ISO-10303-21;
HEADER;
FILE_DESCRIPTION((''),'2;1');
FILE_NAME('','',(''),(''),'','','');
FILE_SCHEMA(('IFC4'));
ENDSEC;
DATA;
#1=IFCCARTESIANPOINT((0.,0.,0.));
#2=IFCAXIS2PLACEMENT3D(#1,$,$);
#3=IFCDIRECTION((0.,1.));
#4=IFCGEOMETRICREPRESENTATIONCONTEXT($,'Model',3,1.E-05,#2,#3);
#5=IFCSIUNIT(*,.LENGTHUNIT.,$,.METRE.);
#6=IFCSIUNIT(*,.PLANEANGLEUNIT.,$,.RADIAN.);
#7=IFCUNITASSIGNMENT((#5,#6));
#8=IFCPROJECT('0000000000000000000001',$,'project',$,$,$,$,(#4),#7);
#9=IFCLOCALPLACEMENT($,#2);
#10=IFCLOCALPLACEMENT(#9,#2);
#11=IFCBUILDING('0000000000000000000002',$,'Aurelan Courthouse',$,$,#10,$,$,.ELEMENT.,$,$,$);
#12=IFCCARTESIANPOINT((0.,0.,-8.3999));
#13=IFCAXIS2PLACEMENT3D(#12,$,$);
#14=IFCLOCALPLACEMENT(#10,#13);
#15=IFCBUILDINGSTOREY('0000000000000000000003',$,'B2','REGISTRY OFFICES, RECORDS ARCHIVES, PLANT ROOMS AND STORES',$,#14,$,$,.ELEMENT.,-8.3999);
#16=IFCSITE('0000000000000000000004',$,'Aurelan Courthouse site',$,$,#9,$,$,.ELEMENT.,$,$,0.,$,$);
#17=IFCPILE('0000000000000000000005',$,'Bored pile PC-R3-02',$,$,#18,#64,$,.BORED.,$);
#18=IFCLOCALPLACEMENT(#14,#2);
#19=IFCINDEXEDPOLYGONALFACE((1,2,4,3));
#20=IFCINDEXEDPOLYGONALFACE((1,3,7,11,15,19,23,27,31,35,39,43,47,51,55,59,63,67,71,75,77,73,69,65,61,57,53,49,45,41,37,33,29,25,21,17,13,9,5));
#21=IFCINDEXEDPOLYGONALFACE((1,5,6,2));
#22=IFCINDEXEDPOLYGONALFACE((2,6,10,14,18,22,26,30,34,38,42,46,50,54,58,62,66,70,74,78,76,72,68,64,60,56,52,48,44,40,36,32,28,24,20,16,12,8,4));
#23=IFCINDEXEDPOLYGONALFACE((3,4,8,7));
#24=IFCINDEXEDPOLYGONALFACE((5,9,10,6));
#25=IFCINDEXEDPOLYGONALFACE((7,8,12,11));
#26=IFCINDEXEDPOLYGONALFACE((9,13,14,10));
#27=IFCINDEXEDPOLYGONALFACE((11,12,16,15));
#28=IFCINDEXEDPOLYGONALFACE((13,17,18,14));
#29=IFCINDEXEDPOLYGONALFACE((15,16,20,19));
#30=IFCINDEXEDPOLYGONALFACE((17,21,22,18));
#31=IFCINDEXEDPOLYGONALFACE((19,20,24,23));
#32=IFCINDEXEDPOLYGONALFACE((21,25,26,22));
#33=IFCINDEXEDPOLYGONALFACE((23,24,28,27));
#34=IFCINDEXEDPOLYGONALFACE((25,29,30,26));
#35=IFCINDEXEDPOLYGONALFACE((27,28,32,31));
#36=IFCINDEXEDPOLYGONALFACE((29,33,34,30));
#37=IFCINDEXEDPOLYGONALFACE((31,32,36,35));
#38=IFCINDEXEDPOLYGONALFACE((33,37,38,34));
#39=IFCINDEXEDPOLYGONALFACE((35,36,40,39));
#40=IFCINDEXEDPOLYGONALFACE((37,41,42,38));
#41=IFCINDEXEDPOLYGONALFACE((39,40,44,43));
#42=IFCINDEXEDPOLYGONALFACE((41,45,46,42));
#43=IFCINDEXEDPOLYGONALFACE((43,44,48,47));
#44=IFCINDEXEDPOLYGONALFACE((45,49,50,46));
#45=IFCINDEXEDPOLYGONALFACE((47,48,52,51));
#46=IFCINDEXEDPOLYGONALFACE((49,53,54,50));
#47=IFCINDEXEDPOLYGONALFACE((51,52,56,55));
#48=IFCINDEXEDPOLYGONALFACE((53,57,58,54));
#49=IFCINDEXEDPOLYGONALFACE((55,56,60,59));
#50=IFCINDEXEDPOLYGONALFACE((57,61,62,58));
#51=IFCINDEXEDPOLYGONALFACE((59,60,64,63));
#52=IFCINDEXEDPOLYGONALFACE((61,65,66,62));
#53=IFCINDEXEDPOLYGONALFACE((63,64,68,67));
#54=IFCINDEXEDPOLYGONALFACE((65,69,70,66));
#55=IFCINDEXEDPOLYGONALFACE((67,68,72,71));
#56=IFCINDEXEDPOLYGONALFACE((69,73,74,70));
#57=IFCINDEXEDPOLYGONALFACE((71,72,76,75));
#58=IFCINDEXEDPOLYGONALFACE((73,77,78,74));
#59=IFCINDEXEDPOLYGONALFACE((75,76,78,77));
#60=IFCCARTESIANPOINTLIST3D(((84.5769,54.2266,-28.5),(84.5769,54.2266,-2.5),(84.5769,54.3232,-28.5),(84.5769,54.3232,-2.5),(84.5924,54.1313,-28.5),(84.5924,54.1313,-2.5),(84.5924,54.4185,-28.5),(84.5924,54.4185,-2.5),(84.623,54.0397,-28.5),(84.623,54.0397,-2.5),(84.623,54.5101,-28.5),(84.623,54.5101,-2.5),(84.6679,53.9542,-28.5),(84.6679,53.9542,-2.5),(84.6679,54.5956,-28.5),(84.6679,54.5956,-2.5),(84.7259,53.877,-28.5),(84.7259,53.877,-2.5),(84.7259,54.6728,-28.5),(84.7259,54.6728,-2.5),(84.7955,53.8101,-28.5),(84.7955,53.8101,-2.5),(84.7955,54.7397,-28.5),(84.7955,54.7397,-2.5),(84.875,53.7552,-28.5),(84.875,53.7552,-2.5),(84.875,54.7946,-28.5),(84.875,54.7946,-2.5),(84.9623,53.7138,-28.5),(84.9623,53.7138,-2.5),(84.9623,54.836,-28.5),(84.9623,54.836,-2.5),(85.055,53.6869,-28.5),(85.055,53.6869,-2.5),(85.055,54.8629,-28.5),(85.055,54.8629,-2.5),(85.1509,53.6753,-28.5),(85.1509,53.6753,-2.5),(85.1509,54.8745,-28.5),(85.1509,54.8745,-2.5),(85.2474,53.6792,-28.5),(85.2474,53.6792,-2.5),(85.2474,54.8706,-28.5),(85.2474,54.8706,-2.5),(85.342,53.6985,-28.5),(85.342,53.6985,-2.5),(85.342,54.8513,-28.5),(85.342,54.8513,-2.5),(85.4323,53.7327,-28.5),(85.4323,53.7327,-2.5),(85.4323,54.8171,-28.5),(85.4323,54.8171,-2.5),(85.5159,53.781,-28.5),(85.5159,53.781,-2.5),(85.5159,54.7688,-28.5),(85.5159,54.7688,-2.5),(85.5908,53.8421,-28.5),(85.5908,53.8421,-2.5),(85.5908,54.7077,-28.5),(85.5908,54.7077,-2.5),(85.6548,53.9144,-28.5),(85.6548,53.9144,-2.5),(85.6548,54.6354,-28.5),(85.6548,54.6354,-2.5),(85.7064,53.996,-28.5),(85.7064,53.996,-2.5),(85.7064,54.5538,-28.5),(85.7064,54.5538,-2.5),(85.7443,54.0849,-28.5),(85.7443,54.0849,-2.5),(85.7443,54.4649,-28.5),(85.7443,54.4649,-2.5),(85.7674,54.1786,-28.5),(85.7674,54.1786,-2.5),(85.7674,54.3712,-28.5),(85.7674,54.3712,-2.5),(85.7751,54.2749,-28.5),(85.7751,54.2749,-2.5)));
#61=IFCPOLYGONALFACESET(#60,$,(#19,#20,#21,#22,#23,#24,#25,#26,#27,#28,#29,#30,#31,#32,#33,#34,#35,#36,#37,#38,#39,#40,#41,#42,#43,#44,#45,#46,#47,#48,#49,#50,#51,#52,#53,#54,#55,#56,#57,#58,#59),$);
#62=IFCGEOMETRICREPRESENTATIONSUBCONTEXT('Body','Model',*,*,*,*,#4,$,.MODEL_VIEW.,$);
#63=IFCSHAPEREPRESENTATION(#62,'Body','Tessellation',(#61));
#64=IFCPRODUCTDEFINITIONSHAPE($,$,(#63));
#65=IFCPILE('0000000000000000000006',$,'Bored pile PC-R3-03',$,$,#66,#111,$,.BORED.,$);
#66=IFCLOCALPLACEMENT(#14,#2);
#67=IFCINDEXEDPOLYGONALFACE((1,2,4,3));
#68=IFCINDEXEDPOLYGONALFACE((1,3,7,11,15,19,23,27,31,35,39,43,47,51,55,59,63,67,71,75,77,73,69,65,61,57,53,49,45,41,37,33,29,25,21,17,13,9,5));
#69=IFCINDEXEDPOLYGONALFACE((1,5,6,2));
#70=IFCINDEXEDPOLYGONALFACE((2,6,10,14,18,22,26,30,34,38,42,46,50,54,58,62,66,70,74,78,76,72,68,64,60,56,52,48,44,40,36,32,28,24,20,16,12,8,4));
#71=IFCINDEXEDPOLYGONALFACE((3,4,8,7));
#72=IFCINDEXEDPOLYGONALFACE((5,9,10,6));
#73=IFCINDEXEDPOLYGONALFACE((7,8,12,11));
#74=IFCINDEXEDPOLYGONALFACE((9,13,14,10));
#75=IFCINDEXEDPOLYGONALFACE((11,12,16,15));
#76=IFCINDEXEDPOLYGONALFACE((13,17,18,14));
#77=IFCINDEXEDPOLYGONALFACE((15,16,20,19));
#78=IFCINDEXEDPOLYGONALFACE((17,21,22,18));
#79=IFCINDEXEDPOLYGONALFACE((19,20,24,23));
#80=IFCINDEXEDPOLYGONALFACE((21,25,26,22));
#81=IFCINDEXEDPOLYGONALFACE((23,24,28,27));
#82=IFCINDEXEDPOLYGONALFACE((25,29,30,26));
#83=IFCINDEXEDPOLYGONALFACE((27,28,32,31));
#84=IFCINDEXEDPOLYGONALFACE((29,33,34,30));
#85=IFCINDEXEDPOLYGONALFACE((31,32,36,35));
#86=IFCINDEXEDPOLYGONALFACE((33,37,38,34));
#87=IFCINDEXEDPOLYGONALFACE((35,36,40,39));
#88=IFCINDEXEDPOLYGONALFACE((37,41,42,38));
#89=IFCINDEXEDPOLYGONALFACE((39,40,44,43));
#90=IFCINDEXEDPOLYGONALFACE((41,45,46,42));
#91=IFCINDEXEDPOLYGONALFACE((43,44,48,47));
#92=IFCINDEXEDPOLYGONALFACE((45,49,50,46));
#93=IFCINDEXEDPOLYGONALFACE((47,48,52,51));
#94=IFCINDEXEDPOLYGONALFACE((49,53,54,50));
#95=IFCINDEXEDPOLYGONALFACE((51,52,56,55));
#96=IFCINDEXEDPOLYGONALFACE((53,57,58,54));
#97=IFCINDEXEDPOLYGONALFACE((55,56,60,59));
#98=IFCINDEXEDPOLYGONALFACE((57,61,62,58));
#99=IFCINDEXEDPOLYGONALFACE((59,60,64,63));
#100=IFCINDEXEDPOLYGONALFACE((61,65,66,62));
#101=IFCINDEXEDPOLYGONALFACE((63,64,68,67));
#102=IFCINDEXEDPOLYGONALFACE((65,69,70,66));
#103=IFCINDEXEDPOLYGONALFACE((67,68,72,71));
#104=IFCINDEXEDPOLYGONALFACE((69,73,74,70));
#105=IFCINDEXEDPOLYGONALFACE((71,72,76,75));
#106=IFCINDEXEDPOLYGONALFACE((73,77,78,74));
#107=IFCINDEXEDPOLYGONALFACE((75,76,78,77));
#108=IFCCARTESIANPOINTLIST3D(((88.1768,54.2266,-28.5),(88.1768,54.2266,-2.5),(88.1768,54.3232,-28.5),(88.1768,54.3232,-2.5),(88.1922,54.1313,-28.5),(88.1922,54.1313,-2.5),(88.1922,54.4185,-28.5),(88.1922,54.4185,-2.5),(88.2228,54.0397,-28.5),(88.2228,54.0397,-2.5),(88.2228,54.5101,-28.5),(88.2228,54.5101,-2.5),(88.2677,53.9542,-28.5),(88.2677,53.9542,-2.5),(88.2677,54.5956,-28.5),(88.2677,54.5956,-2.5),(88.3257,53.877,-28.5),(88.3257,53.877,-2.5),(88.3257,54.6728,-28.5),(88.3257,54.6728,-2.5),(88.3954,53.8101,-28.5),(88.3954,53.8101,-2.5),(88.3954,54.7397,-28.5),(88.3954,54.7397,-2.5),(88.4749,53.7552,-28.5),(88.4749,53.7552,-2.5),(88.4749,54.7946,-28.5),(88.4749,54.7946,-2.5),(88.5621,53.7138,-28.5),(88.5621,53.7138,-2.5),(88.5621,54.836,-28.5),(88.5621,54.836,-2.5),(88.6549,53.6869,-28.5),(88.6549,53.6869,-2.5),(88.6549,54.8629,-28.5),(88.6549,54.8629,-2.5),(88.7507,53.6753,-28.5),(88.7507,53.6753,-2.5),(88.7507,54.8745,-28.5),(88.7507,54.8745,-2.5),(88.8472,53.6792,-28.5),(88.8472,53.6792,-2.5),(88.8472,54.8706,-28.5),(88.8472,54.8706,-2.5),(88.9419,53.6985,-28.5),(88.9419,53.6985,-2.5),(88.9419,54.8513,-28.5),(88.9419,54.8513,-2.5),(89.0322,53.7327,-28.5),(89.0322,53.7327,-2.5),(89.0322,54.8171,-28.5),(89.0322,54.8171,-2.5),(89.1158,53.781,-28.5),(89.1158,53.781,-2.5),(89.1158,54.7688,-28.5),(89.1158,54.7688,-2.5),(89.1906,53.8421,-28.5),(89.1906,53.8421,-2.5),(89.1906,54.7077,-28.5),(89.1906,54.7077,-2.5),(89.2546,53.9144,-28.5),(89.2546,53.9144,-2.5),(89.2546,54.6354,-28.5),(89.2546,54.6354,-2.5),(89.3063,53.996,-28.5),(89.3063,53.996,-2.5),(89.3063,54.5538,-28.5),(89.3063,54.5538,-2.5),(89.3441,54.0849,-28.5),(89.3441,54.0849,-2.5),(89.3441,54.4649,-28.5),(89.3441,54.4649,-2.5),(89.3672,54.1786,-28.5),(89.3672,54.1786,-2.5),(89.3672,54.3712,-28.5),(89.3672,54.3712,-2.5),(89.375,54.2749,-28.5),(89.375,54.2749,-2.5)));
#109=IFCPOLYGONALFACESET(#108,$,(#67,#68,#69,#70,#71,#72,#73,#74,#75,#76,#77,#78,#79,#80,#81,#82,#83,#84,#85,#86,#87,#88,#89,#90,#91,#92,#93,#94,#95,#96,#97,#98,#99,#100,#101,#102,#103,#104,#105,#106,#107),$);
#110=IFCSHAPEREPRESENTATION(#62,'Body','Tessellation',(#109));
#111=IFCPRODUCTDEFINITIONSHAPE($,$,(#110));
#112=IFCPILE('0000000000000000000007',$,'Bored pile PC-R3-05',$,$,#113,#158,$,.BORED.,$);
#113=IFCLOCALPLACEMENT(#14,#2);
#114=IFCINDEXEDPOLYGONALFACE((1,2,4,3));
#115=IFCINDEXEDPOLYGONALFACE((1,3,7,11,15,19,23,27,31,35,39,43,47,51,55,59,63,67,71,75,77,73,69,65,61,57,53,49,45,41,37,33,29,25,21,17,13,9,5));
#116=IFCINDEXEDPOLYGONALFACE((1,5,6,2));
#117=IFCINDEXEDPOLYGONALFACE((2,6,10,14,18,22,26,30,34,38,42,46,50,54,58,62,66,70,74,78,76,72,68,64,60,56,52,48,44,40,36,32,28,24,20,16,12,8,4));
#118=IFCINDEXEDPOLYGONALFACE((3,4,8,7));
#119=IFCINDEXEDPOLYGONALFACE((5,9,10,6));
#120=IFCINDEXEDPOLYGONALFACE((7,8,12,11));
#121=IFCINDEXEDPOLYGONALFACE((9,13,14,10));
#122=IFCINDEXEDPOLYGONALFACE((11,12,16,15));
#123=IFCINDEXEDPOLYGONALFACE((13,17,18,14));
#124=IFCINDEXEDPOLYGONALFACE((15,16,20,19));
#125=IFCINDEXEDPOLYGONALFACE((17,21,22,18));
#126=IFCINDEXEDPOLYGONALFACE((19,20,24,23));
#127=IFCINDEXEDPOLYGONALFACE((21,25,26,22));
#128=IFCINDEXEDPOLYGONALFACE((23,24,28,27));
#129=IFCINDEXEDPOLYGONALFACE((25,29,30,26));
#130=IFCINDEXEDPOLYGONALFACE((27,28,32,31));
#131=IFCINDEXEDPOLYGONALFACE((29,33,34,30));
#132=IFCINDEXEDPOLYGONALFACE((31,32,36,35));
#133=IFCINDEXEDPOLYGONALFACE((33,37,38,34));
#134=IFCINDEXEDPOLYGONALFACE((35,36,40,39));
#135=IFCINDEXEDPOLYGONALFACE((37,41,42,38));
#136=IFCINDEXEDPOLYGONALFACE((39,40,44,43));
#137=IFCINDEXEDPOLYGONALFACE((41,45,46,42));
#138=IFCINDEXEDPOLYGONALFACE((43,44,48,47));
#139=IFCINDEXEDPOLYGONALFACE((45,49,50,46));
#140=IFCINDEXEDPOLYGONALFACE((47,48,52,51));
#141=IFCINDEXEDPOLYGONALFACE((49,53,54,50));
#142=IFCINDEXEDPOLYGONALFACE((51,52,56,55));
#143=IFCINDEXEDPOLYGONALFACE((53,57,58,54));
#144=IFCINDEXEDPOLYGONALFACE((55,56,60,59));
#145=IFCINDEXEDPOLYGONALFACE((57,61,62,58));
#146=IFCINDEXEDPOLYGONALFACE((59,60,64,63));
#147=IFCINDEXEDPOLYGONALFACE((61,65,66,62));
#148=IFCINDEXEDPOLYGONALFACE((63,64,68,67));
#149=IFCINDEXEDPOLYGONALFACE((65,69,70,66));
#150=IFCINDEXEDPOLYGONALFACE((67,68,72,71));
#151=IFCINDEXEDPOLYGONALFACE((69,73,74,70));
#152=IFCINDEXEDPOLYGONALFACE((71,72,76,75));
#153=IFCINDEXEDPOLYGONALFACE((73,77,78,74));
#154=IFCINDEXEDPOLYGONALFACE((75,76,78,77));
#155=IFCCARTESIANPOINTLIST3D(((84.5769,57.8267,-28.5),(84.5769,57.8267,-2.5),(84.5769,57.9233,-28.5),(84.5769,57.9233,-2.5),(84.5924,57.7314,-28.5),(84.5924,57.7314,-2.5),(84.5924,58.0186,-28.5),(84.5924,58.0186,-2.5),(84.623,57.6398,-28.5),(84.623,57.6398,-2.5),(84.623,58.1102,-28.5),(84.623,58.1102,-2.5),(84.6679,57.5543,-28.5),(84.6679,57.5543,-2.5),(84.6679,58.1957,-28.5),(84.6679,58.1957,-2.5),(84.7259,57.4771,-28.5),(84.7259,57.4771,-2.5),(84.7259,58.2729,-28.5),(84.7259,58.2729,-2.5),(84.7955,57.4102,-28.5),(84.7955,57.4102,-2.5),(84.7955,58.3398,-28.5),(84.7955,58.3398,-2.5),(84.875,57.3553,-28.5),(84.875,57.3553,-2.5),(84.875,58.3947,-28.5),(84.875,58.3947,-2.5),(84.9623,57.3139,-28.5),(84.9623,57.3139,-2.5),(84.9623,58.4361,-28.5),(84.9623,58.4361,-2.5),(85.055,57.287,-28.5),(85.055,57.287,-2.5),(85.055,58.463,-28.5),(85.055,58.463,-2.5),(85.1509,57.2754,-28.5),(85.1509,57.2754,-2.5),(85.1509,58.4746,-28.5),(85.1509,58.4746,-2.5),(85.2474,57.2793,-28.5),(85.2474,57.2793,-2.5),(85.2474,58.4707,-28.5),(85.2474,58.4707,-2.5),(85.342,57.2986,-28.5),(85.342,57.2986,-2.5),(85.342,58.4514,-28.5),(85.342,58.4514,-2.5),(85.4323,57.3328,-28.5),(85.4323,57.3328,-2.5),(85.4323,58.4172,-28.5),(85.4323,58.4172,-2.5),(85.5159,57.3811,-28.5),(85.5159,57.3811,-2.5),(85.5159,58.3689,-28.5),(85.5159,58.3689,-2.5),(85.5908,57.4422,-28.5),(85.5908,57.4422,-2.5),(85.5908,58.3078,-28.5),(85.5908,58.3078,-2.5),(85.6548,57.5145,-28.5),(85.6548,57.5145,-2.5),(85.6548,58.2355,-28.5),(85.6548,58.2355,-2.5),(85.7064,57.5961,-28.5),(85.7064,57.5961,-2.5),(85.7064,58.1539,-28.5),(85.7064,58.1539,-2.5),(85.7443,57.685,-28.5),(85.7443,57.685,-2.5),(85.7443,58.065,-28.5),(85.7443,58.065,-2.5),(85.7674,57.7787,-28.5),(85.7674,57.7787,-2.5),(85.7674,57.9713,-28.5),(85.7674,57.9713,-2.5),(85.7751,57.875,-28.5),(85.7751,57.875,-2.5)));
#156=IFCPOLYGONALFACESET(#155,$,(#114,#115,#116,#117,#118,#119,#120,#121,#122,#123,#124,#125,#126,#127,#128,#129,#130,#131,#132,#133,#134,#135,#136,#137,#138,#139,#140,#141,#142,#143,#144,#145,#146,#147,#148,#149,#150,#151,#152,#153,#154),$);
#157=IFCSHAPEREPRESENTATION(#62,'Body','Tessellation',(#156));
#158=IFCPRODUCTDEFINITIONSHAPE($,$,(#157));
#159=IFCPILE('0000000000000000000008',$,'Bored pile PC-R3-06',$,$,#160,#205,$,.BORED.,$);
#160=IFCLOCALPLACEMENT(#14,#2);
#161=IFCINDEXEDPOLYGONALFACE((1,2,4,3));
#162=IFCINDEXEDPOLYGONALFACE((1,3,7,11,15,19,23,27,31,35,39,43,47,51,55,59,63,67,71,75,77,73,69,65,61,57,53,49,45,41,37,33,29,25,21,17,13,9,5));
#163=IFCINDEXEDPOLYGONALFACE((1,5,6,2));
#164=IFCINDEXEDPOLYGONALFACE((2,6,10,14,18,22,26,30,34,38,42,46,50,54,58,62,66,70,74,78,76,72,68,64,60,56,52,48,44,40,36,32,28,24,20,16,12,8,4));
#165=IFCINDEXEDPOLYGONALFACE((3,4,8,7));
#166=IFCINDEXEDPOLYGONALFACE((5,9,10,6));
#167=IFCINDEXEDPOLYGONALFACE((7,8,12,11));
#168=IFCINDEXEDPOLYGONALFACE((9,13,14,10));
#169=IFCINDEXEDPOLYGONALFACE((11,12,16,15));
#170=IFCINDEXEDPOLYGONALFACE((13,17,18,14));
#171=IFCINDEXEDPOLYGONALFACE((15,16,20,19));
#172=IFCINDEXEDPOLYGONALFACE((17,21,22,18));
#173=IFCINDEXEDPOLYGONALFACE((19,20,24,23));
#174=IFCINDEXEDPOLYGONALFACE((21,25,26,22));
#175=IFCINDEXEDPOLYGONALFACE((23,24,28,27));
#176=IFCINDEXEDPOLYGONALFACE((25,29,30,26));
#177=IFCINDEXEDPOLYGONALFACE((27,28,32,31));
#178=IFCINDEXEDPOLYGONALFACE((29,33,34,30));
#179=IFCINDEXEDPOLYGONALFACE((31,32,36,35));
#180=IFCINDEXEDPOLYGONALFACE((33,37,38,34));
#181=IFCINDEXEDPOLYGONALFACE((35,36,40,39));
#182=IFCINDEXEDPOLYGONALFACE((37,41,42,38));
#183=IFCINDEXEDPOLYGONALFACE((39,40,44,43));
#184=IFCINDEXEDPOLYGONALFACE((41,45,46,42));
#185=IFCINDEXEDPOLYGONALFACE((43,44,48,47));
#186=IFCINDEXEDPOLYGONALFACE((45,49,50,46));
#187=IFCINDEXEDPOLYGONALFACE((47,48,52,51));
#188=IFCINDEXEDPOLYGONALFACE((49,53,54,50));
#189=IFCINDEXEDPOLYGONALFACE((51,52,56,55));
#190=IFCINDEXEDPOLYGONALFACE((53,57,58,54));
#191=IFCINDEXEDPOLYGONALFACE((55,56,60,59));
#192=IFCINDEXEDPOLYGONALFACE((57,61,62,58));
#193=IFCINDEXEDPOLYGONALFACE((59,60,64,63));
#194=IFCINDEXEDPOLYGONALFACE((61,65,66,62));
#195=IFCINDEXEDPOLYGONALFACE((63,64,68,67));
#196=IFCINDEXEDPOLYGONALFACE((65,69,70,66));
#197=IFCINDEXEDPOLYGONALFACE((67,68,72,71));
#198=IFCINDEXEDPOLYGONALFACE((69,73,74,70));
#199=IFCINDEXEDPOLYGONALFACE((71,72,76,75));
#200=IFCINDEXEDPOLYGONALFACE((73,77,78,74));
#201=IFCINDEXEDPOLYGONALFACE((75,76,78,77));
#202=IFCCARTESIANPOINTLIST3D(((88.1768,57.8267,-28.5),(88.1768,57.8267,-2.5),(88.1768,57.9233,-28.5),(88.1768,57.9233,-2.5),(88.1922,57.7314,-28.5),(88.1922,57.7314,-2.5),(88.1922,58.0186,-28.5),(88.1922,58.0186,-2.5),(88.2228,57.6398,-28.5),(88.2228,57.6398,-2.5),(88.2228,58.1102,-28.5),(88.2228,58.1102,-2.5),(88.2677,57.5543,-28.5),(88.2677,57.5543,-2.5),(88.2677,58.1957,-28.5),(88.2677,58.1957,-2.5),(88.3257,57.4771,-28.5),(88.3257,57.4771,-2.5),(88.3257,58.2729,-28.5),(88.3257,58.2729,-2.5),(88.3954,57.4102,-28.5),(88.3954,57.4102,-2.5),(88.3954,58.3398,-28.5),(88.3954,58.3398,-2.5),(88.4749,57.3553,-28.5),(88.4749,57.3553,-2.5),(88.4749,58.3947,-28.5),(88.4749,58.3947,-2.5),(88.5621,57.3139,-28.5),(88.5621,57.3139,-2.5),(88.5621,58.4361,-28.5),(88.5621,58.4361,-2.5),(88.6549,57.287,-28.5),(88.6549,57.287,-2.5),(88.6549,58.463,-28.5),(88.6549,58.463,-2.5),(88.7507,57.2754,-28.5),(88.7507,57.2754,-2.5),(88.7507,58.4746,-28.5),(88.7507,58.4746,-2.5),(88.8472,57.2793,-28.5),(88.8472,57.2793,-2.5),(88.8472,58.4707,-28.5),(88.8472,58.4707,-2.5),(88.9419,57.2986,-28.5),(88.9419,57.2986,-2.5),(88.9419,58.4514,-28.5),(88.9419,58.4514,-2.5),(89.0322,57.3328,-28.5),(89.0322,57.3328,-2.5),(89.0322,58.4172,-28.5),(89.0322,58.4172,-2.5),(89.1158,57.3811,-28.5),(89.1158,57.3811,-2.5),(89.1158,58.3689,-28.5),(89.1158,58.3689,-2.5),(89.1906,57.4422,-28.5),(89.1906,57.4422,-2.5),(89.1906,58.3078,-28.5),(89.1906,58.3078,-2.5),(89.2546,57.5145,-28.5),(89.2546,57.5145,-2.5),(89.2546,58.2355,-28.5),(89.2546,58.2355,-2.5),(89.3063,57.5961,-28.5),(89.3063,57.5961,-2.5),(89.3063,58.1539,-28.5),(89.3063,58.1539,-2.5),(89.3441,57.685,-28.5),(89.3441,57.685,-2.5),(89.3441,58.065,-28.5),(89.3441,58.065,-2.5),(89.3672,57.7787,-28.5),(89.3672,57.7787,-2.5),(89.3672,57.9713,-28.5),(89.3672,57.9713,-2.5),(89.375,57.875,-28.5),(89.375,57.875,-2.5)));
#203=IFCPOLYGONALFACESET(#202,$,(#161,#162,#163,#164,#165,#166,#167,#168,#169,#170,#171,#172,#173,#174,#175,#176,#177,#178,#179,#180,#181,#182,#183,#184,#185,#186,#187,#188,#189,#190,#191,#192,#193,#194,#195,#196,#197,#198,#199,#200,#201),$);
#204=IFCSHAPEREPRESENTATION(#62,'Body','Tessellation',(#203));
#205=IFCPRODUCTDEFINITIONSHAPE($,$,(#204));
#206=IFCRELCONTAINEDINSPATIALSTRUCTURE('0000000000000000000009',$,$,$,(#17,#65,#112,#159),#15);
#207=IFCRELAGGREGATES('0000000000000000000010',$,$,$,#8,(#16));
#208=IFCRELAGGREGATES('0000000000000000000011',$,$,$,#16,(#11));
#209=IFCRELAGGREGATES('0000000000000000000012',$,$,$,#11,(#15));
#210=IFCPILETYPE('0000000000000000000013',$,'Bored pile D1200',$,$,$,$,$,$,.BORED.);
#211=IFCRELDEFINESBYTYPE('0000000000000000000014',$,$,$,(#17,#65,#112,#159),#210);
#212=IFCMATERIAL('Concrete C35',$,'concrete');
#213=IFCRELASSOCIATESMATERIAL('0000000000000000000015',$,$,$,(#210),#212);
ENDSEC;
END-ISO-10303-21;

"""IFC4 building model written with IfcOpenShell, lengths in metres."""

from ifc_helpers import new_model, si_unit, direction, frame, origin, origin_2d, place, context, subcontext, project, spatial, circle, extrude, material, material_profile, profile_set, type_object, element, save


model = new_model("IFC4")

# Units and contexts
model_context = context("Model", 3, precision=1e-05, world=origin(), true_north=direction((0.0, 1.0)))
body_context = subcontext(model_context, "Body", "Model", "MODEL_VIEW")
ifc_project = project(units=[si_unit("LENGTHUNIT", "METRE"), si_unit("PLANEANGLEUNIT", "RADIAN")], contexts=[model_context])

# Site, building, storey
site_placement = place(None, origin())
site = spatial("IfcSite", under=ifc_project, at=site_placement, Name="Aurelan Courthouse site", CompositionType="ELEMENT", RefElevation=0.0)
building_placement = place(site_placement, origin())
building = spatial("IfcBuilding", under=site, at=building_placement, Name="Aurelan Courthouse", CompositionType="ELEMENT")
storey_placement = place(building_placement, frame((0.0, 0.0, -8.3999)))
storey = spatial("IfcBuildingStorey", under=building, at=storey_placement, Name="B2", Description="REGISTRY OFFICES, RECORDS ARCHIVES, PLANT ROOMS AND STORES", CompositionType="ELEMENT", Elevation=-8.3999)

# Piles
ifc_material_1 = material(Name="Concrete C35", Category="concrete")
ifc_material_profile_1 = material_profile(ifc_material_1, circle(Radius=0.6001, at=origin_2d()), Name="D1200")
ifc_profile_set_1 = profile_set([ifc_material_profile_1], Name="Concrete C35")
pile_type = type_object("IfcPileType", Name="Bored pile D1200", PredefinedType="BORED", material=ifc_profile_set_1)
for number, where, z_axis, x_axis, name in (
    (1, (85.175, 54.2749, -2.5), (0.0, 0.0, -1.0), (1.0, 0.0, 0.0), "Bored pile PC-R3-02"),
    (2, (88.7749, 54.2749, -2.5), (0.0, 0.0, -1.0), (1.0, 0.0, 0.0), "Bored pile PC-R3-03"),
    (3, (85.175, 57.875, -2.5), (0.0, 0.0, -1.0), (1.0, 0.0, 0.0), "Bored pile PC-R3-05"),
    (4, (88.7749, 57.875, -2.5), (0.0, 0.0, -1.0), (1.0, 0.0, 0.0), "Bored pile PC-R3-06"),
):
    element("IfcPile", number, at=place(storey_placement, frame(where, z_axis=z_axis, x_axis=x_axis)), inside=storey, type_object=pile_type, Name=name, PredefinedType="BORED", context=body_context, shape_type="SweptSolid", body=[
        extrude(circle(Radius=0.6001, at=origin_2d()), origin(), (0.0, 0.0, 1.0), 26.0),
    ])

save(model, "model.ifc")
